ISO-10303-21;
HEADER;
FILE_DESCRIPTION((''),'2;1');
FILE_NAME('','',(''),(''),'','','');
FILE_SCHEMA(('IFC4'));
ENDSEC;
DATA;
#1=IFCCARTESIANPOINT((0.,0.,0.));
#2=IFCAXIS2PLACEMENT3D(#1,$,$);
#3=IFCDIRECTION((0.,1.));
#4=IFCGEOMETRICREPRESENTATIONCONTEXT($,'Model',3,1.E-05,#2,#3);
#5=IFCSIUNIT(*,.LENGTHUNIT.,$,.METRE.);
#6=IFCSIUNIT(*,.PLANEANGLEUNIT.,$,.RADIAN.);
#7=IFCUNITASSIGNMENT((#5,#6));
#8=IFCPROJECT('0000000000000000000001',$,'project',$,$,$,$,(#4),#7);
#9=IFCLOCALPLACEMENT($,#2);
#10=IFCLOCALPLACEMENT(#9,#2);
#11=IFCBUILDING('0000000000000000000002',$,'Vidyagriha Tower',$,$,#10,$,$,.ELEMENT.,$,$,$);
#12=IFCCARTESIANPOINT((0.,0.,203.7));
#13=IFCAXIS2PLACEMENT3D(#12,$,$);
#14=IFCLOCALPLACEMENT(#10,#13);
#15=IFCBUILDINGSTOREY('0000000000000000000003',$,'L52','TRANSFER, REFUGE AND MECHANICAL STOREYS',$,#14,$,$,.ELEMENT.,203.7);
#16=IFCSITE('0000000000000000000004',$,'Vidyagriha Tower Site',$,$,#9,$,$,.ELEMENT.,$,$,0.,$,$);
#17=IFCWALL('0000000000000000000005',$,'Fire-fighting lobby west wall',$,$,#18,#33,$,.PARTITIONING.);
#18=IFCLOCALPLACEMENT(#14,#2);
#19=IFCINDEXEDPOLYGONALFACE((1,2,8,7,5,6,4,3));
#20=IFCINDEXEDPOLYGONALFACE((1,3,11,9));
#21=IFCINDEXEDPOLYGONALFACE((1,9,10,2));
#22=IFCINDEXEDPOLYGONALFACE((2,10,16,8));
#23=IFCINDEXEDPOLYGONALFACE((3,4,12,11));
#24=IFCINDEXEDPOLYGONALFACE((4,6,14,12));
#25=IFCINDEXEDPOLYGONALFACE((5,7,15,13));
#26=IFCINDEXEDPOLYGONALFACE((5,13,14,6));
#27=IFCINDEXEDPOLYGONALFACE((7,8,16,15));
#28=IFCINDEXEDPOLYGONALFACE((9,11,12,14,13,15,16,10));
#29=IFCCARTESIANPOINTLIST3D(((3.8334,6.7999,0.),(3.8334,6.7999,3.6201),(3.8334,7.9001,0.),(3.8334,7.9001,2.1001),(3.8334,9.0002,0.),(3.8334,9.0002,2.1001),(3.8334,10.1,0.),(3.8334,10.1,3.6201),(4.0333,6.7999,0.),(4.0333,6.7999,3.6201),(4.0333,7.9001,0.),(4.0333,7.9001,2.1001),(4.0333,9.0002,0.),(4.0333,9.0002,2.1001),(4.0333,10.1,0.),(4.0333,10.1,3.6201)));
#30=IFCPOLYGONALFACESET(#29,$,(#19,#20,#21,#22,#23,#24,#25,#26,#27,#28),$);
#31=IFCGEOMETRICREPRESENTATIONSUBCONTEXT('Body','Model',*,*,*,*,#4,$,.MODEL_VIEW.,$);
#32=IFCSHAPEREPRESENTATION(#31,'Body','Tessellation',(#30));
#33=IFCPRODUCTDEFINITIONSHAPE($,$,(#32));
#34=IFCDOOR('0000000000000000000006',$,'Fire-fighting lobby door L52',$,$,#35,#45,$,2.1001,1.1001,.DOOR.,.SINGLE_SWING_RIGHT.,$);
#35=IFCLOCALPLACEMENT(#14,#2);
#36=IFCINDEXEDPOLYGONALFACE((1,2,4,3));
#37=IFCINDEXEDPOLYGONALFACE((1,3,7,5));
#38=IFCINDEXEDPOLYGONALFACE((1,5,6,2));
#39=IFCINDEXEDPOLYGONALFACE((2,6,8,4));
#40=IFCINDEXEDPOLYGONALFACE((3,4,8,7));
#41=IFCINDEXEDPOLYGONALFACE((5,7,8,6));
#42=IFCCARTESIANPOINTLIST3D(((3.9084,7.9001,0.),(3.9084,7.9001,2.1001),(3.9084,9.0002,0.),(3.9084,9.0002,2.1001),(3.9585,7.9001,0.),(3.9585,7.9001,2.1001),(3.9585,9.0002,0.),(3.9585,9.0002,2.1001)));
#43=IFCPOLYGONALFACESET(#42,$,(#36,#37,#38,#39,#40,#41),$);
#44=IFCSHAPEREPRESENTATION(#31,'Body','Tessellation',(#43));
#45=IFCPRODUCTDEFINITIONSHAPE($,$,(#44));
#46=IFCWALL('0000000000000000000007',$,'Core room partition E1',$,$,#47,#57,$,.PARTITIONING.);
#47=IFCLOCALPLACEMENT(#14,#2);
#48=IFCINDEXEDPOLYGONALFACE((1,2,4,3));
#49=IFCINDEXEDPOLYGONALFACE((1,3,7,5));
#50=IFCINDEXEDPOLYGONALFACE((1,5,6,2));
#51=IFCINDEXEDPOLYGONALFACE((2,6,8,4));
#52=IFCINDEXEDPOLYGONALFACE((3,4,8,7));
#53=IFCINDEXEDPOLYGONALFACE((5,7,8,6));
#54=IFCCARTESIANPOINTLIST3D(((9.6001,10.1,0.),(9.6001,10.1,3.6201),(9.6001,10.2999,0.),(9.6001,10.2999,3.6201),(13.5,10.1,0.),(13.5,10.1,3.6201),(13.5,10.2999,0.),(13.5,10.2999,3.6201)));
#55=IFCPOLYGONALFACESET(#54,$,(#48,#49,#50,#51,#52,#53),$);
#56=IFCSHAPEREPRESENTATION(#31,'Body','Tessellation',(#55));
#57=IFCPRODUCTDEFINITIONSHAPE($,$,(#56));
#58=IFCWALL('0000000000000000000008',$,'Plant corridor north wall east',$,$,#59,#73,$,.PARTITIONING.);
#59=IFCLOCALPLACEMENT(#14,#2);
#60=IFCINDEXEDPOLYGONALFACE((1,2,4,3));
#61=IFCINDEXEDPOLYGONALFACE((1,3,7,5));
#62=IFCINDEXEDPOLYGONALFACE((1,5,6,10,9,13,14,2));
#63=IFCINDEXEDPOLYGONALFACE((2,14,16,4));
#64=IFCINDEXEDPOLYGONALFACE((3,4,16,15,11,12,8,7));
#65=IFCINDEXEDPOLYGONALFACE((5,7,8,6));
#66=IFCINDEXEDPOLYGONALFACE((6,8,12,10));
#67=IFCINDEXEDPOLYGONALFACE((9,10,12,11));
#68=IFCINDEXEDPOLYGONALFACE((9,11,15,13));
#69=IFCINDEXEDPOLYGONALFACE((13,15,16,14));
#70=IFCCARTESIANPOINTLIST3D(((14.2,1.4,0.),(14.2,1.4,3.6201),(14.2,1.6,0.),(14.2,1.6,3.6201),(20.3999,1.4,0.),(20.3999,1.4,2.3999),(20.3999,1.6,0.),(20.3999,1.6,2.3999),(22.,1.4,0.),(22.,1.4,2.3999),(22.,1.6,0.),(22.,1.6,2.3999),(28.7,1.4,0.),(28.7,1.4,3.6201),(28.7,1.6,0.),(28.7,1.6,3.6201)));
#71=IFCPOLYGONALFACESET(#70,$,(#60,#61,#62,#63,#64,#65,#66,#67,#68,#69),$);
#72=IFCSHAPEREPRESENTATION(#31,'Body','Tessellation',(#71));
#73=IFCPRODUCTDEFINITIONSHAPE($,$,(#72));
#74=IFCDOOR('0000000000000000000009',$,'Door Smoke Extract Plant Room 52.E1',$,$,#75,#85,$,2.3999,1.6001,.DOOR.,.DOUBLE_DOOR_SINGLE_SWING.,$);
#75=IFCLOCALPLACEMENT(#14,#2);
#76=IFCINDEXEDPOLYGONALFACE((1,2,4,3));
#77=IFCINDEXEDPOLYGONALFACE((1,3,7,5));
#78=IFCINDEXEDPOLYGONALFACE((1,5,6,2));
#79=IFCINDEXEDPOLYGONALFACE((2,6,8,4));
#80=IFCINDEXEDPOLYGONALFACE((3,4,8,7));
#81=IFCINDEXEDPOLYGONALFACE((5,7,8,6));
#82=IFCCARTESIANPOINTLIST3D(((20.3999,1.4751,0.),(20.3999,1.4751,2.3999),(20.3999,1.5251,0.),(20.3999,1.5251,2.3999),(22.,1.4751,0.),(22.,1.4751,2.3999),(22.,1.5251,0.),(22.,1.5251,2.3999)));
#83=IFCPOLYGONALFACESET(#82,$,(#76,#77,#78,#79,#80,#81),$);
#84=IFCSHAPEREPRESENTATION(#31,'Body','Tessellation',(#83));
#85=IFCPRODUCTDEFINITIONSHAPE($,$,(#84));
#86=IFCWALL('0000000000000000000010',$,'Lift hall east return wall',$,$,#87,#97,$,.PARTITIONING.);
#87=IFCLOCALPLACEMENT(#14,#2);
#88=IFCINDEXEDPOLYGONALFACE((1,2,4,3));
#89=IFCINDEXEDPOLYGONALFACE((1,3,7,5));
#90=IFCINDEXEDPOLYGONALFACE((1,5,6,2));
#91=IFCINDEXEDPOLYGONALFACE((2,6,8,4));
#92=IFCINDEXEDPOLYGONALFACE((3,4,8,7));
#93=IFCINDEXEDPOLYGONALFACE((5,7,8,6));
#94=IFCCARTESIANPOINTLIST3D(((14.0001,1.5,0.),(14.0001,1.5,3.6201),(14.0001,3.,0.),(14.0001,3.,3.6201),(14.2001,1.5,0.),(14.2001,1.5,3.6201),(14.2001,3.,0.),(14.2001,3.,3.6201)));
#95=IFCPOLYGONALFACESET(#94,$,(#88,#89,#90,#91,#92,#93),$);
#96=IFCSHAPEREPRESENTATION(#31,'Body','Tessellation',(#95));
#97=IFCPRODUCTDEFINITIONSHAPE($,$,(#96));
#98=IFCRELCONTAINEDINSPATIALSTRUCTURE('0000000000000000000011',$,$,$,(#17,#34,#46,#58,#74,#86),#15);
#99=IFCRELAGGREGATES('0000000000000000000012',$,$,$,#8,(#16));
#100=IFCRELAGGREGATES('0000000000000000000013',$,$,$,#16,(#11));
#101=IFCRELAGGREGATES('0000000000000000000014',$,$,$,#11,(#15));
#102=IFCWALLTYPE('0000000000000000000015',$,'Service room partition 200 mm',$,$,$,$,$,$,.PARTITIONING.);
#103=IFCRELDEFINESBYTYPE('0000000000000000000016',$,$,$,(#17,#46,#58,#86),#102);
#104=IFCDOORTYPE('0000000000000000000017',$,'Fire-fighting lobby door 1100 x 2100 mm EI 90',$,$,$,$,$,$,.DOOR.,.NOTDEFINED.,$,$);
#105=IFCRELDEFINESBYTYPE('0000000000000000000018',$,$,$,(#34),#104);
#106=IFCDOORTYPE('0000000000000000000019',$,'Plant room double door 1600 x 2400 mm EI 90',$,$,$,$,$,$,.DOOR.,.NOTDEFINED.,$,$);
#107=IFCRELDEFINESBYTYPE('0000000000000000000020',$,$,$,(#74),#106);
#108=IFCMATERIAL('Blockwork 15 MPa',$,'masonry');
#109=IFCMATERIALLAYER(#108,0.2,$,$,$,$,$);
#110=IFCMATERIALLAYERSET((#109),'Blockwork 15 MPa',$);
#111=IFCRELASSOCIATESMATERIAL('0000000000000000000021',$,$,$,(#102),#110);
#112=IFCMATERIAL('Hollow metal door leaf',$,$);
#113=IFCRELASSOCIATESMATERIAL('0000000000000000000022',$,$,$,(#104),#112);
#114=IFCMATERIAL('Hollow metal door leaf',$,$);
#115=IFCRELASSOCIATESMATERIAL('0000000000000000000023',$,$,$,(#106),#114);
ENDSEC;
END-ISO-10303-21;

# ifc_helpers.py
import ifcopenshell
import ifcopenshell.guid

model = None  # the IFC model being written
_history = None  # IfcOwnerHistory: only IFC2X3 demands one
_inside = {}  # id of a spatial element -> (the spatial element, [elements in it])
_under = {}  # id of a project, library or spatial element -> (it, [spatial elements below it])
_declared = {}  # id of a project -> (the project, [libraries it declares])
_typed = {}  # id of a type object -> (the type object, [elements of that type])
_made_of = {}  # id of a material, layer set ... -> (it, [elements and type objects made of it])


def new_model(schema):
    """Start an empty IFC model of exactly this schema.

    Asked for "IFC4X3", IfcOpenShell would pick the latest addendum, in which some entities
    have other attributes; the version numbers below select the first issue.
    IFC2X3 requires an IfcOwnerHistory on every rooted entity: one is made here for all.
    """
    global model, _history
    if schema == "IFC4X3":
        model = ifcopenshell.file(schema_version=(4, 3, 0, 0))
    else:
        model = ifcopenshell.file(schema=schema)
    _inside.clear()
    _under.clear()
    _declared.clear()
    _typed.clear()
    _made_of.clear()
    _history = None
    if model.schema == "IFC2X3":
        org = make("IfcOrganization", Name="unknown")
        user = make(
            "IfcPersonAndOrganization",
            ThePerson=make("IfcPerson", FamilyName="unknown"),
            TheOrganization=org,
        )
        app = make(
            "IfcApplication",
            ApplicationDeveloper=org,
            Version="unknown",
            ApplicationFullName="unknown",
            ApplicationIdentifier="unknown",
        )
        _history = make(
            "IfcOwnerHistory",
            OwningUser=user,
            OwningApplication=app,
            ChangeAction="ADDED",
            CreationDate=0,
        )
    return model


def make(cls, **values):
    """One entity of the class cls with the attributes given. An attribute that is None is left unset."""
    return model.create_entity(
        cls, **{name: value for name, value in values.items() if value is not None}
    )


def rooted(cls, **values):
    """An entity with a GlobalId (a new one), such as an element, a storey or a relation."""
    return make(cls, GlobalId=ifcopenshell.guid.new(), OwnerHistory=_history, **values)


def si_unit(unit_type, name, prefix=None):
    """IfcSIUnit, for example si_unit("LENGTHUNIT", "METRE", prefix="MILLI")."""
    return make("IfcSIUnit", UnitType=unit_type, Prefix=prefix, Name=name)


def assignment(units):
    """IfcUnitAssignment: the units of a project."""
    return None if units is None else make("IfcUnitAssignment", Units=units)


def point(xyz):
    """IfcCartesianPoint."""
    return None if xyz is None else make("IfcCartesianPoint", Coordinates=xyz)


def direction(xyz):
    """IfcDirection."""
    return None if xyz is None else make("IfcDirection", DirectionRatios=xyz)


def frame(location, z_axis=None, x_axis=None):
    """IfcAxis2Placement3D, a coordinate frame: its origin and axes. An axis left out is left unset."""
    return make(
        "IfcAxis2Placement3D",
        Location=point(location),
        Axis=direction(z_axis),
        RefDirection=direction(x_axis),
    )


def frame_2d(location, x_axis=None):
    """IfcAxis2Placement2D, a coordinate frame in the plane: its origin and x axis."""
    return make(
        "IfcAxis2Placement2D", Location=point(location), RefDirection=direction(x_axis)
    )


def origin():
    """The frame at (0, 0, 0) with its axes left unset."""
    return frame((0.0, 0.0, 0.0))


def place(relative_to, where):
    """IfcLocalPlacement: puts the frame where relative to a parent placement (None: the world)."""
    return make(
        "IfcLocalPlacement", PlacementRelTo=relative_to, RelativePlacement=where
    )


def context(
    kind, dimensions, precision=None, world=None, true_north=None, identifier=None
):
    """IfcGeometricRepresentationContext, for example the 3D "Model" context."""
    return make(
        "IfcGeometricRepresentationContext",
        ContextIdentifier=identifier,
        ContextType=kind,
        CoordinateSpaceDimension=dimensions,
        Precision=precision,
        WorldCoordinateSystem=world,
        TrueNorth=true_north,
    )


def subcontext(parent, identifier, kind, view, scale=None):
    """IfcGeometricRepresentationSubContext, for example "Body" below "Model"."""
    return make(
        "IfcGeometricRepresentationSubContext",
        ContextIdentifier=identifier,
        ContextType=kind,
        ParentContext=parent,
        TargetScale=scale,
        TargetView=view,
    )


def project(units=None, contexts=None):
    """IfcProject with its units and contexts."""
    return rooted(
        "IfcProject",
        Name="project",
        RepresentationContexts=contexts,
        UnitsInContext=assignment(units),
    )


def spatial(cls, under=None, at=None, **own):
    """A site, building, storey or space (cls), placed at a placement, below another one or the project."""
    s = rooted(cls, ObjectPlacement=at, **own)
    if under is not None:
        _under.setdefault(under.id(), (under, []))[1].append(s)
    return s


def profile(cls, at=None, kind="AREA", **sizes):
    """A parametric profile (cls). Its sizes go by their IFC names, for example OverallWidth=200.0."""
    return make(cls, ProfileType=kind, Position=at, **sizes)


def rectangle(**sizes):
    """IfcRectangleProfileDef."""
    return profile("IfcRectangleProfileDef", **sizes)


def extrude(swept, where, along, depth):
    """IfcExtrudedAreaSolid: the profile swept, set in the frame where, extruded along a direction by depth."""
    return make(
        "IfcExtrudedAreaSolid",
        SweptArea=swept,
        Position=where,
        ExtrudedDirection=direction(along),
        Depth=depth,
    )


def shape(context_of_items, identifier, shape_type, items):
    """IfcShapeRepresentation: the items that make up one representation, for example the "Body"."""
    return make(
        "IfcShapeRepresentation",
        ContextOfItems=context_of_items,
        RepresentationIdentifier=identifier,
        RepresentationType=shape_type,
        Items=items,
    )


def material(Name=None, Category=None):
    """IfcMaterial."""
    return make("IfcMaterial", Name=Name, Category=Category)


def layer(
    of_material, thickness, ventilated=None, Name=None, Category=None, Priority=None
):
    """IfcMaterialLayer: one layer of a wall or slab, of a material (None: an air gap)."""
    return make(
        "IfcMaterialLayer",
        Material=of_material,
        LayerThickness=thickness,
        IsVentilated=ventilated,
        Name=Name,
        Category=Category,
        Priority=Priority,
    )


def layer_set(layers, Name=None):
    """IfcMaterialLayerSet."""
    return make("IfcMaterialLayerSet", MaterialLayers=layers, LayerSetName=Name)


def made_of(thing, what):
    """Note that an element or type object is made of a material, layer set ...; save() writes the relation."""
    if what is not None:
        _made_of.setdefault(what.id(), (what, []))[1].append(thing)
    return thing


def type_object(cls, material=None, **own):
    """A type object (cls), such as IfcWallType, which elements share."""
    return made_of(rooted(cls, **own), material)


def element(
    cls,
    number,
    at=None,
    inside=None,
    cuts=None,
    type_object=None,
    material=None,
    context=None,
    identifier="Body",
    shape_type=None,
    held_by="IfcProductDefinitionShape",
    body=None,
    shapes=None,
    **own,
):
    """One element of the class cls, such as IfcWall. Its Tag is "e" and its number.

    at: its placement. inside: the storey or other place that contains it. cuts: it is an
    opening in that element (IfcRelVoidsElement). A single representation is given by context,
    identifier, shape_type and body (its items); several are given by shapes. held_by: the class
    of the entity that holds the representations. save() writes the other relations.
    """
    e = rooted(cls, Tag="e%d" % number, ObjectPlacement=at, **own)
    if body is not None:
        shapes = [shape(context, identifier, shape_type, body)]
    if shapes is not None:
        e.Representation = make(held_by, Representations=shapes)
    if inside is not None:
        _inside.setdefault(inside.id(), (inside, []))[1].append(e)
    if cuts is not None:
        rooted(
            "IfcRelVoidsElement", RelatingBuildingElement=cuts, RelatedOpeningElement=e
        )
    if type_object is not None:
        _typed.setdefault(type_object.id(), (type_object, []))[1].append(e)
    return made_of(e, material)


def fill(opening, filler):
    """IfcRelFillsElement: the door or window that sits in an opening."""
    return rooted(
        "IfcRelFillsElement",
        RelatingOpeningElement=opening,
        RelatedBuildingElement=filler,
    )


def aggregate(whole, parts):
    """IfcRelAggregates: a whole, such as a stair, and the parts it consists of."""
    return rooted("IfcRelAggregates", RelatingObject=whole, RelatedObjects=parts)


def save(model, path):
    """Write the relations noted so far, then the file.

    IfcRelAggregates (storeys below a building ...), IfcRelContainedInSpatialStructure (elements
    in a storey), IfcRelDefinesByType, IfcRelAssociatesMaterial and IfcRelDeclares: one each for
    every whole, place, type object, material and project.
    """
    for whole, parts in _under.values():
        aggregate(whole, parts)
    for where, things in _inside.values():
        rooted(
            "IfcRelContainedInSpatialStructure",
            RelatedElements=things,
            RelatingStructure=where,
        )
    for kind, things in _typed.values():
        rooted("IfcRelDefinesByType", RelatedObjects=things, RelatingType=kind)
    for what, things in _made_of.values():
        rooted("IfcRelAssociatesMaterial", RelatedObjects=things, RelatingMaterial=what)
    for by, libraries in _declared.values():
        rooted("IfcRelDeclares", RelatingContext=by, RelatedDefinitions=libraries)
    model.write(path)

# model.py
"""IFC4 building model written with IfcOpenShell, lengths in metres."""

from ifc_helpers import new_model, si_unit, direction, frame, frame_2d, origin, place, context, subcontext, project, spatial, rectangle, extrude, material, layer, layer_set, type_object, element, fill, save


model = new_model("IFC4")

# Units and contexts
model_context = context("Model", 3, precision=1e-05, world=origin(), true_north=direction((0.0, 1.0)))
body_context = subcontext(model_context, "Body", "Model", "MODEL_VIEW")
ifc_project = project(units=[si_unit("LENGTHUNIT", "METRE"), si_unit("PLANEANGLEUNIT", "RADIAN")], contexts=[model_context])

# Site, building, storey
site_placement = place(None, origin())
site = spatial("IfcSite", under=ifc_project, at=site_placement, Name="Vidyagriha Tower Site", CompositionType="ELEMENT", RefElevation=0.0)
building_placement = place(site_placement, origin())
building = spatial("IfcBuilding", under=site, at=building_placement, Name="Vidyagriha Tower", CompositionType="ELEMENT")
storey_placement = place(building_placement, frame((0.0, 0.0, 203.7)))
storey = spatial("IfcBuildingStorey", under=building, at=storey_placement, Name="L52", Description="TRANSFER, REFUGE AND MECHANICAL STOREYS", CompositionType="ELEMENT", Elevation=203.7)

# Wall, opening, door
ifc_material_1 = material(Name="Blockwork 15 MPa", Category="masonry")
ifc_layer_1 = layer(ifc_material_1, 0.2)
ifc_layer_set_1 = layer_set([ifc_layer_1], Name="Blockwork 15 MPa")
wall_type_1 = type_object("IfcWallType", Name="Service room partition 200 mm", PredefinedType="PARTITIONING", material=ifc_layer_set_1)
wall_1_placement = place(storey_placement, frame((3.9333, 6.8, 0.0), z_axis=(0.0, 0.0, 1.0), x_axis=(0.0, 1.0, 0.0)))
wall_1 = element("IfcWall", 1, at=wall_1_placement, inside=storey, type_object=wall_type_1, Name="Fire-fighting lobby west wall", PredefinedType="PARTITIONING", context=body_context, shape_type="SweptSolid", body=[
    extrude(rectangle(XDim=3.3, YDim=0.2, at=frame_2d((1.6499, 0.0))), origin(), (0.0, 0.0, 1.0), 3.6201),
])
opening_1_placement = place(wall_1_placement, frame((1.1001, 0.0, 0.0)))
opening_1 = element("IfcOpeningElement", 2, at=opening_1_placement, cuts=wall_1, PredefinedType="OPENING", context=body_context, shape_type="SweptSolid", body=[
    extrude(rectangle(XDim=1.1001, YDim=2.1001, at=frame_2d((0.55, 1.05))), frame((0.0, 0.1099, 0.0), z_axis=(0.0, -1.0, 0.0), x_axis=(1.0, 0.0, 0.0)), (0.0, 0.0, 1.0), 0.22),
])
ifc_material_2 = material(Name="Hollow metal door leaf")
door_type_1 = type_object("IfcDoorType", Name="Fire-fighting lobby door 1100 x 2100 mm EI 90", OperationType="NOTDEFINED", PredefinedType="DOOR", material=ifc_material_2)
door_1_placement = place(opening_1_placement, origin())
door_1 = element("IfcDoor", 3, at=door_1_placement, inside=storey, type_object=door_type_1, Name="Fire-fighting lobby door L52", OperationType="SINGLE_SWING_RIGHT", OverallHeight=2.1001, OverallWidth=1.1001, PredefinedType="DOOR", context=body_context, shape_type="SweptSolid", body=[
    extrude(rectangle(XDim=1.1001, YDim=2.1001, at=frame_2d((0.55, 1.05))), frame((0.0, 0.0249, 0.0), z_axis=(0.0, -1.0, 0.0), x_axis=(1.0, 0.0, 0.0)), (0.0, 0.0, 1.0), 0.05),
])
fill(opening_1, door_1)

# Wall
wall_2_placement = place(storey_placement, frame((9.6001, 10.2, 0.0)))
element("IfcWall", 4, at=wall_2_placement, inside=storey, type_object=wall_type_1, Name="Core room partition E1", PredefinedType="PARTITIONING", context=body_context, shape_type="SweptSolid", body=[
    extrude(rectangle(XDim=3.8999, YDim=0.2, at=frame_2d((1.95, 0.0))), origin(), (0.0, 0.0, 1.0), 3.6201),
])

# Wall, opening, door
wall_3_placement = place(storey_placement, frame((14.2, 1.5, 0.0)))
wall_3 = element("IfcWall", 5, at=wall_3_placement, inside=storey, type_object=wall_type_1, Name="Plant corridor north wall east", PredefinedType="PARTITIONING", context=body_context, shape_type="SweptSolid", body=[
    extrude(rectangle(XDim=14.5, YDim=0.2, at=frame_2d((7.25, 0.0))), origin(), (0.0, 0.0, 1.0), 3.6201),
])
opening_2_placement = place(wall_3_placement, frame((6.2, 0.0, 0.0)))
opening_2 = element("IfcOpeningElement", 6, at=opening_2_placement, cuts=wall_3, PredefinedType="OPENING", context=body_context, shape_type="SweptSolid", body=[
    extrude(rectangle(XDim=1.6001, YDim=2.3999, at=frame_2d((0.8, 1.2))), frame((0.0, 0.1099, 0.0), z_axis=(0.0, -1.0, 0.0), x_axis=(1.0, 0.0, 0.0)), (0.0, 0.0, 1.0), 0.22),
])
ifc_material_3 = material(Name="Hollow metal door leaf")
door_type_2 = type_object("IfcDoorType", Name="Plant room double door 1600 x 2400 mm EI 90", OperationType="NOTDEFINED", PredefinedType="DOOR", material=ifc_material_3)
door_2_placement = place(opening_2_placement, frame((1.6001, 0.0, 0.0), z_axis=(0.0, 0.0, 1.0), x_axis=(-1.0, 0.0, 0.0)))
door_2 = element("IfcDoor", 7, at=door_2_placement, inside=storey, type_object=door_type_2, Name="Door Smoke Extract Plant Room 52.E1", OperationType="DOUBLE_DOOR_SINGLE_SWING", OverallHeight=2.3999, OverallWidth=1.6001, PredefinedType="DOOR", context=body_context, shape_type="SweptSolid", body=[
    extrude(rectangle(XDim=1.6001, YDim=2.3999, at=frame_2d((0.8, 1.2))), frame((0.0, 0.0249, 0.0), z_axis=(0.0, -1.0, 0.0), x_axis=(1.0, 0.0, 0.0)), (0.0, 0.0, 1.0), 0.05),
])
fill(opening_2, door_2)

# Wall
wall_4_placement = place(storey_placement, frame((14.1001, 1.5, 0.0), z_axis=(0.0, 0.0, 1.0), x_axis=(0.0, 1.0, 0.0)))
element("IfcWall", 8, at=wall_4_placement, inside=storey, type_object=wall_type_1, Name="Lift hall east return wall", PredefinedType="PARTITIONING", context=body_context, shape_type="SweptSolid", body=[
    extrude(rectangle(XDim=1.5, YDim=0.2, at=frame_2d((0.75, 0.0))), origin(), (0.0, 0.0, 1.0), 3.6201),
])

save(model, "model.ifc")
